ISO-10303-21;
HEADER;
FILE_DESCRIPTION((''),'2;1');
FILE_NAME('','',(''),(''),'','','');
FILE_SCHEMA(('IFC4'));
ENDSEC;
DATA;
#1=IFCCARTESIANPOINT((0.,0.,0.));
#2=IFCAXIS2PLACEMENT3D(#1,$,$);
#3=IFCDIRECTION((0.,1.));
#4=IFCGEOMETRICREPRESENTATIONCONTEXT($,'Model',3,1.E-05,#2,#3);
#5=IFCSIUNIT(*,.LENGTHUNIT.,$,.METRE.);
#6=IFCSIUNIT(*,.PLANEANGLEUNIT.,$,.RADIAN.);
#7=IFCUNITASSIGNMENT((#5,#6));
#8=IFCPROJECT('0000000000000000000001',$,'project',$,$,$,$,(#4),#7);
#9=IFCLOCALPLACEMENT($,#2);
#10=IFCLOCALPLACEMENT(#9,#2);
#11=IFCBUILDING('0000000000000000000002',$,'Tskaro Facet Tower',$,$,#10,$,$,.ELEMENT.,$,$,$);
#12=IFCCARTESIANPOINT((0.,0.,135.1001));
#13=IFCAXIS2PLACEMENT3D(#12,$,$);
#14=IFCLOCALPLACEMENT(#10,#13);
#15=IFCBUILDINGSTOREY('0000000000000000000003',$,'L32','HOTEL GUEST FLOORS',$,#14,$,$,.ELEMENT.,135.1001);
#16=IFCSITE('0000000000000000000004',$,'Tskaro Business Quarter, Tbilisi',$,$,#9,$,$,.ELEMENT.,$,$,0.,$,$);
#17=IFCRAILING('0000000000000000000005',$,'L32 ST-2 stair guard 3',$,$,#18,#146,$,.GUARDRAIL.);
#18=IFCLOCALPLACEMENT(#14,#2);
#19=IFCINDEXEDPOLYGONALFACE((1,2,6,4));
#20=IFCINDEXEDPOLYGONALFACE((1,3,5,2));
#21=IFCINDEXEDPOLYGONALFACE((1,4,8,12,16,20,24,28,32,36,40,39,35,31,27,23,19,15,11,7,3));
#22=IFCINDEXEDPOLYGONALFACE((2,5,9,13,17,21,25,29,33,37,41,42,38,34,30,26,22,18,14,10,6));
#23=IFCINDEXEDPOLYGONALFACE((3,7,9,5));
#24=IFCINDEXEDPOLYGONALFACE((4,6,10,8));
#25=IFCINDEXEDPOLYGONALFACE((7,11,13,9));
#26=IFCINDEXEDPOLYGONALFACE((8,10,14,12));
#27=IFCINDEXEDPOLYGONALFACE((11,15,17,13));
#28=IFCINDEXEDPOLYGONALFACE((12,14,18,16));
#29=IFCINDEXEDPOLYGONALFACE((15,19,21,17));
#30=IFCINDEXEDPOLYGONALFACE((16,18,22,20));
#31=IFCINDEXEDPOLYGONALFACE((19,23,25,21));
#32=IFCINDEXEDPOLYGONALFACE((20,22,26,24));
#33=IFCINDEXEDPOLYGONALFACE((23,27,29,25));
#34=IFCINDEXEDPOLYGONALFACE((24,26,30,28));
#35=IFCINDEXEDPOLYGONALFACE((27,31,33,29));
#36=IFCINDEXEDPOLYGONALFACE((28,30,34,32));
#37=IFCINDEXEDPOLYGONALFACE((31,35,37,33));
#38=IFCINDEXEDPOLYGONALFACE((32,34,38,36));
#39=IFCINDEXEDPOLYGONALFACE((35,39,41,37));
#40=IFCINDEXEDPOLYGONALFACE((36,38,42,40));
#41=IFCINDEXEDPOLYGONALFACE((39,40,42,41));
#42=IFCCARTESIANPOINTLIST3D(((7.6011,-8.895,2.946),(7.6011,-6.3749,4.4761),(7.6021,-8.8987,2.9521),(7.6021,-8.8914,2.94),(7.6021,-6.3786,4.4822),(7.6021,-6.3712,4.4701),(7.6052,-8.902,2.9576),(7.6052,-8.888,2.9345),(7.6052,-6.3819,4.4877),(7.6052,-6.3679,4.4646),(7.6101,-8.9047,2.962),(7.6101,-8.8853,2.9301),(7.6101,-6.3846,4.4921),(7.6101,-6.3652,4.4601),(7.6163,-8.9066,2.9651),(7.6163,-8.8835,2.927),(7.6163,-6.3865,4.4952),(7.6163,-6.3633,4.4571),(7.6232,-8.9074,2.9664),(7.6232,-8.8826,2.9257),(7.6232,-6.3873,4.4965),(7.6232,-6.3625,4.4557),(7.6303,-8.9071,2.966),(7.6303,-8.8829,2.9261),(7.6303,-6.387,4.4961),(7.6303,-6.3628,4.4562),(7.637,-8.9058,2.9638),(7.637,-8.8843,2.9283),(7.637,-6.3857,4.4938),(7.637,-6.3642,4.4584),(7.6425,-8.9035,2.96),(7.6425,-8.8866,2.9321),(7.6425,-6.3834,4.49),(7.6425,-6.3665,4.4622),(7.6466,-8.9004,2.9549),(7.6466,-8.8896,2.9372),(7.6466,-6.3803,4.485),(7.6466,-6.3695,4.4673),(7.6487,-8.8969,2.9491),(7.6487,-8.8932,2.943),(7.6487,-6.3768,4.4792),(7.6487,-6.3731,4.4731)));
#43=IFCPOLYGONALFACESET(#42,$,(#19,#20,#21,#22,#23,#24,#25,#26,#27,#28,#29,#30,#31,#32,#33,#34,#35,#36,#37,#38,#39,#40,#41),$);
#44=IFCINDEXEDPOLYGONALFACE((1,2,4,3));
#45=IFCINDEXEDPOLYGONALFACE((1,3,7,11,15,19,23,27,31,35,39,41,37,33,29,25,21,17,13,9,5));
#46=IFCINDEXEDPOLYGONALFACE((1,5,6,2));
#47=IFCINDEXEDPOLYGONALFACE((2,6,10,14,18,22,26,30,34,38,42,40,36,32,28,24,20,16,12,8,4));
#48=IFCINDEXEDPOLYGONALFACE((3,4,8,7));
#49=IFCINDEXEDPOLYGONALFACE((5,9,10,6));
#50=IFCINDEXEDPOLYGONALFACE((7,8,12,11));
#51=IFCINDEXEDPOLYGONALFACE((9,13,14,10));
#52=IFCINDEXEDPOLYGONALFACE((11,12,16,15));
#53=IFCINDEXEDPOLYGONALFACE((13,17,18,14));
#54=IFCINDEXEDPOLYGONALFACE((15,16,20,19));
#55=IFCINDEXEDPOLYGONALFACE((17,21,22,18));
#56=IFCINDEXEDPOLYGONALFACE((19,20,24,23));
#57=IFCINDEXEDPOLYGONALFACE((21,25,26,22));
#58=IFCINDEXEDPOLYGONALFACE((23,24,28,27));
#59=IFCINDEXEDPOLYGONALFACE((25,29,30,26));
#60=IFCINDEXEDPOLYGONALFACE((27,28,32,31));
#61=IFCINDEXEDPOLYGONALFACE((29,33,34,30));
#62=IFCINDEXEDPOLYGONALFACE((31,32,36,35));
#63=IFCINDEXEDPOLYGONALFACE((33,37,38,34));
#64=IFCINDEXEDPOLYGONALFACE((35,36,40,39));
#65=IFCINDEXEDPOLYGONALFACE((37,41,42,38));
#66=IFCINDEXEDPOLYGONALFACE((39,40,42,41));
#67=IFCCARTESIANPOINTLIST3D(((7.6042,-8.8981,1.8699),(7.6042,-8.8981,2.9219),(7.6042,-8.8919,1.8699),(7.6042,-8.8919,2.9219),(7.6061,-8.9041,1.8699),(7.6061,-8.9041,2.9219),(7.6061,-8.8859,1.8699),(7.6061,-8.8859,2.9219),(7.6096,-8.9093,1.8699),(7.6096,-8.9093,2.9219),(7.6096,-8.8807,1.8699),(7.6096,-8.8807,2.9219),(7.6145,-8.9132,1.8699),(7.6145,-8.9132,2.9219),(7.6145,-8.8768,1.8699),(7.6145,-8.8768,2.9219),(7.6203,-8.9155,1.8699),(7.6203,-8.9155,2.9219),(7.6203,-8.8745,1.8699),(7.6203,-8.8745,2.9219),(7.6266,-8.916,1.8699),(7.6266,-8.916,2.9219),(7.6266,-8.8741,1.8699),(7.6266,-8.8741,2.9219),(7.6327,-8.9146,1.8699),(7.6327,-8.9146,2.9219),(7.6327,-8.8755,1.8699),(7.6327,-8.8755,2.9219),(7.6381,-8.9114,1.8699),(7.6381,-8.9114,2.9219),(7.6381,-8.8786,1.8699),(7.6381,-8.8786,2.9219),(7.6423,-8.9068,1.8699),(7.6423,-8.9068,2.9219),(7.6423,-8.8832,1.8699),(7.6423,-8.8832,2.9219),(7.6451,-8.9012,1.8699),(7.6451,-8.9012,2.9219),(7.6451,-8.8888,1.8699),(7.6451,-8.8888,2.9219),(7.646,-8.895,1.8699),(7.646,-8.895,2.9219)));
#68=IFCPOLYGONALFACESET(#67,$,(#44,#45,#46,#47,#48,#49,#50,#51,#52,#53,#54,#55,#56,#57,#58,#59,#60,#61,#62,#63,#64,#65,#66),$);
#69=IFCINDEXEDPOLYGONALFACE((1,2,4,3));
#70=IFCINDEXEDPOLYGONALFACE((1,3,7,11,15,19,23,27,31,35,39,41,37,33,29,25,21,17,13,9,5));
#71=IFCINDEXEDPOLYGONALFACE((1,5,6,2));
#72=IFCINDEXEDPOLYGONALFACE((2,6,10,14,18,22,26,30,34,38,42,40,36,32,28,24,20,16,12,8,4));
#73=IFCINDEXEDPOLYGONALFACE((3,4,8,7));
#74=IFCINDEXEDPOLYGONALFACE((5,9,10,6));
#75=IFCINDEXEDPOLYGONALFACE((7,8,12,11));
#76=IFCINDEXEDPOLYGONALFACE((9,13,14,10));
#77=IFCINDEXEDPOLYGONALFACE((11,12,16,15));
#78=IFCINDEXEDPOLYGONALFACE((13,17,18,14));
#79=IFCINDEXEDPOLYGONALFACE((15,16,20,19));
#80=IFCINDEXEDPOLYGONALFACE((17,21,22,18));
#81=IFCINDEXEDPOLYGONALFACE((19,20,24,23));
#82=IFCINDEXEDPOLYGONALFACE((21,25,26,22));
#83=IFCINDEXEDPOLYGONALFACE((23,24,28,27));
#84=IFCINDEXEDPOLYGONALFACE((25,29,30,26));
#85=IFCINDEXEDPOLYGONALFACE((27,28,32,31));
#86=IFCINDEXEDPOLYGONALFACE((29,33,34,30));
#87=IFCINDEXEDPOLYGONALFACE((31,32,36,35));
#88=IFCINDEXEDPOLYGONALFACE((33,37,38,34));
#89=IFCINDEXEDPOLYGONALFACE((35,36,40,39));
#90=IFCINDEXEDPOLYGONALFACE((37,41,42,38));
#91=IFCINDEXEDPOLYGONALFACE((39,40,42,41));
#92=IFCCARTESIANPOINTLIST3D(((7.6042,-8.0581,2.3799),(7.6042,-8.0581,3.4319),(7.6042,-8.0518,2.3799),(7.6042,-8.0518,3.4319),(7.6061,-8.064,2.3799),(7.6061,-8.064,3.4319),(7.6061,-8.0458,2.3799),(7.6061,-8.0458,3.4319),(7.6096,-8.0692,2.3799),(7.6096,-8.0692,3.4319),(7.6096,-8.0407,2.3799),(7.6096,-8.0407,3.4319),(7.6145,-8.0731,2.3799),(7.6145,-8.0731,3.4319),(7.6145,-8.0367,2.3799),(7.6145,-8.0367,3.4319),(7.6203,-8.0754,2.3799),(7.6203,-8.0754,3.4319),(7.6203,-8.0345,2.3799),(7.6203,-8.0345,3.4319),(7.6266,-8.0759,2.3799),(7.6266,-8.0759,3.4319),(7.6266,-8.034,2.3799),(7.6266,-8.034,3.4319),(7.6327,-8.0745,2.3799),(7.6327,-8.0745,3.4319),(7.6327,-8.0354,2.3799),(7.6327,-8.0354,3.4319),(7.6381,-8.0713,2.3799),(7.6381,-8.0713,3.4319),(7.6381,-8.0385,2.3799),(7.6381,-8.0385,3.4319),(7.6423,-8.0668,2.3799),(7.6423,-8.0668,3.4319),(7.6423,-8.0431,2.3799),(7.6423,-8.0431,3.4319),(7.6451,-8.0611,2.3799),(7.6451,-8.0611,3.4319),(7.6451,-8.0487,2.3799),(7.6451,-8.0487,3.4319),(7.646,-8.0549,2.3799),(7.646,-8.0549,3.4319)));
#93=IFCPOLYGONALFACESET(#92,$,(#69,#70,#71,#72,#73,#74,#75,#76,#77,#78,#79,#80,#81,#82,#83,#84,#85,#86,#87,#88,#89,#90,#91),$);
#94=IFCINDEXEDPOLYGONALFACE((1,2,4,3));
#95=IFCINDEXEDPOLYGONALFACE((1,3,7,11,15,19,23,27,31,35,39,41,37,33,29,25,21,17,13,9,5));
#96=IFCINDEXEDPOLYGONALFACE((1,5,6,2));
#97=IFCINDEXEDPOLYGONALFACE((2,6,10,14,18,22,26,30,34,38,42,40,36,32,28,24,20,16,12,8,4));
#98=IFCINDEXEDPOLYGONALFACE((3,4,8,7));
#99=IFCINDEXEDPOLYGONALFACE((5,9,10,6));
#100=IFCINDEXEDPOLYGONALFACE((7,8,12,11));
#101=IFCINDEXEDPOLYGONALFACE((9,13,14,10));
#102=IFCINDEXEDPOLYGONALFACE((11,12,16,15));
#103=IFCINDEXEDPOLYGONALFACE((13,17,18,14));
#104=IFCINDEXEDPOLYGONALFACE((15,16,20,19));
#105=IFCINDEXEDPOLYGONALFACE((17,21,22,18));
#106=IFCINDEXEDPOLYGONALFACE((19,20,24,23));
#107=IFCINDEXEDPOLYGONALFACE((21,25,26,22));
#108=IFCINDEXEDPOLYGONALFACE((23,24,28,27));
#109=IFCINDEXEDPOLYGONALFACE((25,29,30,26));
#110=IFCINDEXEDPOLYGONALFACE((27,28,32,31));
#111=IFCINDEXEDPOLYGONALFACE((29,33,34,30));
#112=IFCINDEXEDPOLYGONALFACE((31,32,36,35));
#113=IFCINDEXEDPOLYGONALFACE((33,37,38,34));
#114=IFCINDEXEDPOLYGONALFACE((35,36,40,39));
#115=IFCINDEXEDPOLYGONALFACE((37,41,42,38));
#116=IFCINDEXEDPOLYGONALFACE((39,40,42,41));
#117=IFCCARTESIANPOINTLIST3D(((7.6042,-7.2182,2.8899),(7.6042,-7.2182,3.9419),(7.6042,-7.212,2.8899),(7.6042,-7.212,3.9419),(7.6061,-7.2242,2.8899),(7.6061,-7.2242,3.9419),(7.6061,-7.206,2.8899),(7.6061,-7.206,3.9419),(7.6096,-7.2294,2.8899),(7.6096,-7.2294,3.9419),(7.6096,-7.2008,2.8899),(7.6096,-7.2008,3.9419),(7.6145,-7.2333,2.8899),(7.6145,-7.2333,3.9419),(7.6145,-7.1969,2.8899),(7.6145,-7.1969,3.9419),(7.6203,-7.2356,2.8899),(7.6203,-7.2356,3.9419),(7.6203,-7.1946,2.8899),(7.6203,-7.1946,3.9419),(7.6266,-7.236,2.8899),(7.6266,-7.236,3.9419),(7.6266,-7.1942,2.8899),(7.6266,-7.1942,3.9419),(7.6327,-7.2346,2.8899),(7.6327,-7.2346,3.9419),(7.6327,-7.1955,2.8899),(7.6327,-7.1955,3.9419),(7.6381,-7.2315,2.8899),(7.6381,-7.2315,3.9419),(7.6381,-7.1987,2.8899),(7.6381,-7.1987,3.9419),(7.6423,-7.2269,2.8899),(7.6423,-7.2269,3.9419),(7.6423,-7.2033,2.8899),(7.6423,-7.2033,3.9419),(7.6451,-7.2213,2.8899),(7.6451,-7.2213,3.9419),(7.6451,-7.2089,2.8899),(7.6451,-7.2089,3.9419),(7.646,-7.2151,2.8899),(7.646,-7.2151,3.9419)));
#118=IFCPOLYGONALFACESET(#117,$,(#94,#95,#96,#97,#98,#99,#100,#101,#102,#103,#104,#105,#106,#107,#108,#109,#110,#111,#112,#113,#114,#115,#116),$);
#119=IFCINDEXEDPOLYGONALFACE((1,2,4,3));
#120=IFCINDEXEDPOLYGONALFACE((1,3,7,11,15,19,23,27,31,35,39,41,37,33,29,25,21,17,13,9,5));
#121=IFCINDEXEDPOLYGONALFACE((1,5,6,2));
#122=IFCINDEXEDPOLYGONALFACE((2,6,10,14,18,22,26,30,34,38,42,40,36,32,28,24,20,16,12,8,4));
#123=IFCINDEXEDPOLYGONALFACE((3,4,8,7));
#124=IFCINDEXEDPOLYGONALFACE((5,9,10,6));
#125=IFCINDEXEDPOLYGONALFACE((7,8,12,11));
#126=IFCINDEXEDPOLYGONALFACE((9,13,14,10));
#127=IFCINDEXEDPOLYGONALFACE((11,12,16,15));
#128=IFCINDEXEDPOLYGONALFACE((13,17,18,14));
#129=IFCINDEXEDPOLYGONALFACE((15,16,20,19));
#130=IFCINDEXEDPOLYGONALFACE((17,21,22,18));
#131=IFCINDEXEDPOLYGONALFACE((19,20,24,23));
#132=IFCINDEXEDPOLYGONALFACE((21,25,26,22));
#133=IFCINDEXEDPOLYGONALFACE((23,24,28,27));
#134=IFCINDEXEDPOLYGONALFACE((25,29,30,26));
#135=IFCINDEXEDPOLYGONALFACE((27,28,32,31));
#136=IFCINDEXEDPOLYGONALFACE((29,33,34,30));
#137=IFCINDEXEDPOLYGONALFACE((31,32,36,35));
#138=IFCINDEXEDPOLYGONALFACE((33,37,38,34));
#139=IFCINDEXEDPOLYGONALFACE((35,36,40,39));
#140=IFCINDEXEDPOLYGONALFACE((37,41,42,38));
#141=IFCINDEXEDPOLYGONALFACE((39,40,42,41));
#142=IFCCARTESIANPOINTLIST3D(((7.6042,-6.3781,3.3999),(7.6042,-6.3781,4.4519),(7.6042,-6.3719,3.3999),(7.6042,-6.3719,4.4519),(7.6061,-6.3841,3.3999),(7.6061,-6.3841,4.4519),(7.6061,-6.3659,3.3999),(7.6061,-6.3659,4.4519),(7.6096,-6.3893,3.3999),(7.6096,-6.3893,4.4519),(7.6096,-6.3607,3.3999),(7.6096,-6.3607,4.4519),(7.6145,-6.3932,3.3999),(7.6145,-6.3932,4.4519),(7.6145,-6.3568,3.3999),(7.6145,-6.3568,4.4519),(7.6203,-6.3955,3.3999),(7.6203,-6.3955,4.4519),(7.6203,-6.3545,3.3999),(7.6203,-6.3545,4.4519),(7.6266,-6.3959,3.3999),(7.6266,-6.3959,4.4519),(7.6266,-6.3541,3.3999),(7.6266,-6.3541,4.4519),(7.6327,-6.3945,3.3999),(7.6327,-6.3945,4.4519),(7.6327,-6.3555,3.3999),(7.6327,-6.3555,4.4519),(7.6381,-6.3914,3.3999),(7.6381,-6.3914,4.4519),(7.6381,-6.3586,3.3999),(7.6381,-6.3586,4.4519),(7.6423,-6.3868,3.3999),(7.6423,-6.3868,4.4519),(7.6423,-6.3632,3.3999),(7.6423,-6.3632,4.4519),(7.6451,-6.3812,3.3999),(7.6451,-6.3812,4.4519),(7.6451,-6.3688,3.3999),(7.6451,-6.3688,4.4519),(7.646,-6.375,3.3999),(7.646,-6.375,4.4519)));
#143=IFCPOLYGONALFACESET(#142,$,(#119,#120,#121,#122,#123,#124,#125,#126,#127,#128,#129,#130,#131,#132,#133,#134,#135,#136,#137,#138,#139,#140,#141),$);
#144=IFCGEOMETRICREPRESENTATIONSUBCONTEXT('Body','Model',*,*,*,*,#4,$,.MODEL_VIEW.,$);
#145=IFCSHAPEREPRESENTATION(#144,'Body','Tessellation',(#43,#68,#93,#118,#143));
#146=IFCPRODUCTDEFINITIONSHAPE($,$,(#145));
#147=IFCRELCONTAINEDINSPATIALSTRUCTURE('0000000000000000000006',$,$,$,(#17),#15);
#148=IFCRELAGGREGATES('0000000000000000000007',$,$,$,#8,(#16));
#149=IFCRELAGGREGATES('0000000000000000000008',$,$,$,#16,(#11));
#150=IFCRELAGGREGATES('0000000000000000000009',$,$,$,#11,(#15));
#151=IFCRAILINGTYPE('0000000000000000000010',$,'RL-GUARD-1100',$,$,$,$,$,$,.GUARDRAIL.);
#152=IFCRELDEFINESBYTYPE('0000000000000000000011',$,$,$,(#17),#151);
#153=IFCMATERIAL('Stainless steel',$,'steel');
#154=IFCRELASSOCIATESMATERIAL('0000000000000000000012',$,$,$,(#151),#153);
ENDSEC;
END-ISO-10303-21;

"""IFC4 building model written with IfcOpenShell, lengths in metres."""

from ifc_helpers import new_model, si_unit, direction, frame, origin, origin_2d, place, context, subcontext, project, spatial, circle, extrude, material, type_object, element, save


model = new_model("IFC4")

# Units and contexts
model_context = context("Model", 3, precision=1e-05, world=origin(), true_north=direction((0.0, 1.0)))
body_context = subcontext(model_context, "Body", "Model", "MODEL_VIEW")
ifc_project = project(units=[si_unit("LENGTHUNIT", "METRE"), si_unit("PLANEANGLEUNIT", "RADIAN")], contexts=[model_context])

# Site, building, storey
site_placement = place(None, origin())
site = spatial("IfcSite", under=ifc_project, at=site_placement, Name="Tskaro Business Quarter, Tbilisi", CompositionType="ELEMENT", RefElevation=0.0)
building_placement = place(site_placement, origin())
building = spatial("IfcBuilding", under=site, at=building_placement, Name="Tskaro Facet Tower", CompositionType="ELEMENT")
storey_placement = place(building_placement, frame((0.0, 0.0, 135.1001)))
storey = spatial("IfcBuildingStorey", under=building, at=storey_placement, Name="L32", Description="HOTEL GUEST FLOORS", CompositionType="ELEMENT", Elevation=135.1001)

# Railing
ifc_material_1 = material(Name="Stainless steel", Category="steel")
railing_type_1 = type_object("IfcRailingType", Name="RL-GUARD-1100", PredefinedType="GUARDRAIL", material=ifc_material_1)
railing_1_placement = place(storey_placement, frame((7.625, -8.895, 1.8699)))
element("IfcRailing", 1, at=railing_1_placement, inside=storey, type_object=railing_type_1, Name="L32 ST-2 stair guard 3", PredefinedType="GUARDRAIL", context=body_context, shape_type="SweptSolid", body=[
    extrude(circle(Radius=0.0239, at=origin_2d()), frame((0.0, 0.0, 1.0762), z_axis=(0.0, 0.854785, 0.518982), x_axis=(-1.0, 0.0, 0.0)), (0.0, 0.0, 1.0), 2.9482),
    extrude(circle(Radius=0.021, at=origin_2d()), origin(), (0.0, 0.0, 1.0), 1.052),
    extrude(circle(Radius=0.021, at=origin_2d()), frame((0.0, 0.8401, 0.51)), (0.0, 0.0, 1.0), 1.052),
    extrude(circle(Radius=0.021, at=origin_2d()), frame((0.0, 1.6799, 1.02)), (0.0, 0.0, 1.0), 1.052),
    extrude(circle(Radius=0.021, at=origin_2d()), frame((0.0, 2.52, 1.53)), (0.0, 0.0, 1.0), 1.052),
])

save(model, "model.ifc")
